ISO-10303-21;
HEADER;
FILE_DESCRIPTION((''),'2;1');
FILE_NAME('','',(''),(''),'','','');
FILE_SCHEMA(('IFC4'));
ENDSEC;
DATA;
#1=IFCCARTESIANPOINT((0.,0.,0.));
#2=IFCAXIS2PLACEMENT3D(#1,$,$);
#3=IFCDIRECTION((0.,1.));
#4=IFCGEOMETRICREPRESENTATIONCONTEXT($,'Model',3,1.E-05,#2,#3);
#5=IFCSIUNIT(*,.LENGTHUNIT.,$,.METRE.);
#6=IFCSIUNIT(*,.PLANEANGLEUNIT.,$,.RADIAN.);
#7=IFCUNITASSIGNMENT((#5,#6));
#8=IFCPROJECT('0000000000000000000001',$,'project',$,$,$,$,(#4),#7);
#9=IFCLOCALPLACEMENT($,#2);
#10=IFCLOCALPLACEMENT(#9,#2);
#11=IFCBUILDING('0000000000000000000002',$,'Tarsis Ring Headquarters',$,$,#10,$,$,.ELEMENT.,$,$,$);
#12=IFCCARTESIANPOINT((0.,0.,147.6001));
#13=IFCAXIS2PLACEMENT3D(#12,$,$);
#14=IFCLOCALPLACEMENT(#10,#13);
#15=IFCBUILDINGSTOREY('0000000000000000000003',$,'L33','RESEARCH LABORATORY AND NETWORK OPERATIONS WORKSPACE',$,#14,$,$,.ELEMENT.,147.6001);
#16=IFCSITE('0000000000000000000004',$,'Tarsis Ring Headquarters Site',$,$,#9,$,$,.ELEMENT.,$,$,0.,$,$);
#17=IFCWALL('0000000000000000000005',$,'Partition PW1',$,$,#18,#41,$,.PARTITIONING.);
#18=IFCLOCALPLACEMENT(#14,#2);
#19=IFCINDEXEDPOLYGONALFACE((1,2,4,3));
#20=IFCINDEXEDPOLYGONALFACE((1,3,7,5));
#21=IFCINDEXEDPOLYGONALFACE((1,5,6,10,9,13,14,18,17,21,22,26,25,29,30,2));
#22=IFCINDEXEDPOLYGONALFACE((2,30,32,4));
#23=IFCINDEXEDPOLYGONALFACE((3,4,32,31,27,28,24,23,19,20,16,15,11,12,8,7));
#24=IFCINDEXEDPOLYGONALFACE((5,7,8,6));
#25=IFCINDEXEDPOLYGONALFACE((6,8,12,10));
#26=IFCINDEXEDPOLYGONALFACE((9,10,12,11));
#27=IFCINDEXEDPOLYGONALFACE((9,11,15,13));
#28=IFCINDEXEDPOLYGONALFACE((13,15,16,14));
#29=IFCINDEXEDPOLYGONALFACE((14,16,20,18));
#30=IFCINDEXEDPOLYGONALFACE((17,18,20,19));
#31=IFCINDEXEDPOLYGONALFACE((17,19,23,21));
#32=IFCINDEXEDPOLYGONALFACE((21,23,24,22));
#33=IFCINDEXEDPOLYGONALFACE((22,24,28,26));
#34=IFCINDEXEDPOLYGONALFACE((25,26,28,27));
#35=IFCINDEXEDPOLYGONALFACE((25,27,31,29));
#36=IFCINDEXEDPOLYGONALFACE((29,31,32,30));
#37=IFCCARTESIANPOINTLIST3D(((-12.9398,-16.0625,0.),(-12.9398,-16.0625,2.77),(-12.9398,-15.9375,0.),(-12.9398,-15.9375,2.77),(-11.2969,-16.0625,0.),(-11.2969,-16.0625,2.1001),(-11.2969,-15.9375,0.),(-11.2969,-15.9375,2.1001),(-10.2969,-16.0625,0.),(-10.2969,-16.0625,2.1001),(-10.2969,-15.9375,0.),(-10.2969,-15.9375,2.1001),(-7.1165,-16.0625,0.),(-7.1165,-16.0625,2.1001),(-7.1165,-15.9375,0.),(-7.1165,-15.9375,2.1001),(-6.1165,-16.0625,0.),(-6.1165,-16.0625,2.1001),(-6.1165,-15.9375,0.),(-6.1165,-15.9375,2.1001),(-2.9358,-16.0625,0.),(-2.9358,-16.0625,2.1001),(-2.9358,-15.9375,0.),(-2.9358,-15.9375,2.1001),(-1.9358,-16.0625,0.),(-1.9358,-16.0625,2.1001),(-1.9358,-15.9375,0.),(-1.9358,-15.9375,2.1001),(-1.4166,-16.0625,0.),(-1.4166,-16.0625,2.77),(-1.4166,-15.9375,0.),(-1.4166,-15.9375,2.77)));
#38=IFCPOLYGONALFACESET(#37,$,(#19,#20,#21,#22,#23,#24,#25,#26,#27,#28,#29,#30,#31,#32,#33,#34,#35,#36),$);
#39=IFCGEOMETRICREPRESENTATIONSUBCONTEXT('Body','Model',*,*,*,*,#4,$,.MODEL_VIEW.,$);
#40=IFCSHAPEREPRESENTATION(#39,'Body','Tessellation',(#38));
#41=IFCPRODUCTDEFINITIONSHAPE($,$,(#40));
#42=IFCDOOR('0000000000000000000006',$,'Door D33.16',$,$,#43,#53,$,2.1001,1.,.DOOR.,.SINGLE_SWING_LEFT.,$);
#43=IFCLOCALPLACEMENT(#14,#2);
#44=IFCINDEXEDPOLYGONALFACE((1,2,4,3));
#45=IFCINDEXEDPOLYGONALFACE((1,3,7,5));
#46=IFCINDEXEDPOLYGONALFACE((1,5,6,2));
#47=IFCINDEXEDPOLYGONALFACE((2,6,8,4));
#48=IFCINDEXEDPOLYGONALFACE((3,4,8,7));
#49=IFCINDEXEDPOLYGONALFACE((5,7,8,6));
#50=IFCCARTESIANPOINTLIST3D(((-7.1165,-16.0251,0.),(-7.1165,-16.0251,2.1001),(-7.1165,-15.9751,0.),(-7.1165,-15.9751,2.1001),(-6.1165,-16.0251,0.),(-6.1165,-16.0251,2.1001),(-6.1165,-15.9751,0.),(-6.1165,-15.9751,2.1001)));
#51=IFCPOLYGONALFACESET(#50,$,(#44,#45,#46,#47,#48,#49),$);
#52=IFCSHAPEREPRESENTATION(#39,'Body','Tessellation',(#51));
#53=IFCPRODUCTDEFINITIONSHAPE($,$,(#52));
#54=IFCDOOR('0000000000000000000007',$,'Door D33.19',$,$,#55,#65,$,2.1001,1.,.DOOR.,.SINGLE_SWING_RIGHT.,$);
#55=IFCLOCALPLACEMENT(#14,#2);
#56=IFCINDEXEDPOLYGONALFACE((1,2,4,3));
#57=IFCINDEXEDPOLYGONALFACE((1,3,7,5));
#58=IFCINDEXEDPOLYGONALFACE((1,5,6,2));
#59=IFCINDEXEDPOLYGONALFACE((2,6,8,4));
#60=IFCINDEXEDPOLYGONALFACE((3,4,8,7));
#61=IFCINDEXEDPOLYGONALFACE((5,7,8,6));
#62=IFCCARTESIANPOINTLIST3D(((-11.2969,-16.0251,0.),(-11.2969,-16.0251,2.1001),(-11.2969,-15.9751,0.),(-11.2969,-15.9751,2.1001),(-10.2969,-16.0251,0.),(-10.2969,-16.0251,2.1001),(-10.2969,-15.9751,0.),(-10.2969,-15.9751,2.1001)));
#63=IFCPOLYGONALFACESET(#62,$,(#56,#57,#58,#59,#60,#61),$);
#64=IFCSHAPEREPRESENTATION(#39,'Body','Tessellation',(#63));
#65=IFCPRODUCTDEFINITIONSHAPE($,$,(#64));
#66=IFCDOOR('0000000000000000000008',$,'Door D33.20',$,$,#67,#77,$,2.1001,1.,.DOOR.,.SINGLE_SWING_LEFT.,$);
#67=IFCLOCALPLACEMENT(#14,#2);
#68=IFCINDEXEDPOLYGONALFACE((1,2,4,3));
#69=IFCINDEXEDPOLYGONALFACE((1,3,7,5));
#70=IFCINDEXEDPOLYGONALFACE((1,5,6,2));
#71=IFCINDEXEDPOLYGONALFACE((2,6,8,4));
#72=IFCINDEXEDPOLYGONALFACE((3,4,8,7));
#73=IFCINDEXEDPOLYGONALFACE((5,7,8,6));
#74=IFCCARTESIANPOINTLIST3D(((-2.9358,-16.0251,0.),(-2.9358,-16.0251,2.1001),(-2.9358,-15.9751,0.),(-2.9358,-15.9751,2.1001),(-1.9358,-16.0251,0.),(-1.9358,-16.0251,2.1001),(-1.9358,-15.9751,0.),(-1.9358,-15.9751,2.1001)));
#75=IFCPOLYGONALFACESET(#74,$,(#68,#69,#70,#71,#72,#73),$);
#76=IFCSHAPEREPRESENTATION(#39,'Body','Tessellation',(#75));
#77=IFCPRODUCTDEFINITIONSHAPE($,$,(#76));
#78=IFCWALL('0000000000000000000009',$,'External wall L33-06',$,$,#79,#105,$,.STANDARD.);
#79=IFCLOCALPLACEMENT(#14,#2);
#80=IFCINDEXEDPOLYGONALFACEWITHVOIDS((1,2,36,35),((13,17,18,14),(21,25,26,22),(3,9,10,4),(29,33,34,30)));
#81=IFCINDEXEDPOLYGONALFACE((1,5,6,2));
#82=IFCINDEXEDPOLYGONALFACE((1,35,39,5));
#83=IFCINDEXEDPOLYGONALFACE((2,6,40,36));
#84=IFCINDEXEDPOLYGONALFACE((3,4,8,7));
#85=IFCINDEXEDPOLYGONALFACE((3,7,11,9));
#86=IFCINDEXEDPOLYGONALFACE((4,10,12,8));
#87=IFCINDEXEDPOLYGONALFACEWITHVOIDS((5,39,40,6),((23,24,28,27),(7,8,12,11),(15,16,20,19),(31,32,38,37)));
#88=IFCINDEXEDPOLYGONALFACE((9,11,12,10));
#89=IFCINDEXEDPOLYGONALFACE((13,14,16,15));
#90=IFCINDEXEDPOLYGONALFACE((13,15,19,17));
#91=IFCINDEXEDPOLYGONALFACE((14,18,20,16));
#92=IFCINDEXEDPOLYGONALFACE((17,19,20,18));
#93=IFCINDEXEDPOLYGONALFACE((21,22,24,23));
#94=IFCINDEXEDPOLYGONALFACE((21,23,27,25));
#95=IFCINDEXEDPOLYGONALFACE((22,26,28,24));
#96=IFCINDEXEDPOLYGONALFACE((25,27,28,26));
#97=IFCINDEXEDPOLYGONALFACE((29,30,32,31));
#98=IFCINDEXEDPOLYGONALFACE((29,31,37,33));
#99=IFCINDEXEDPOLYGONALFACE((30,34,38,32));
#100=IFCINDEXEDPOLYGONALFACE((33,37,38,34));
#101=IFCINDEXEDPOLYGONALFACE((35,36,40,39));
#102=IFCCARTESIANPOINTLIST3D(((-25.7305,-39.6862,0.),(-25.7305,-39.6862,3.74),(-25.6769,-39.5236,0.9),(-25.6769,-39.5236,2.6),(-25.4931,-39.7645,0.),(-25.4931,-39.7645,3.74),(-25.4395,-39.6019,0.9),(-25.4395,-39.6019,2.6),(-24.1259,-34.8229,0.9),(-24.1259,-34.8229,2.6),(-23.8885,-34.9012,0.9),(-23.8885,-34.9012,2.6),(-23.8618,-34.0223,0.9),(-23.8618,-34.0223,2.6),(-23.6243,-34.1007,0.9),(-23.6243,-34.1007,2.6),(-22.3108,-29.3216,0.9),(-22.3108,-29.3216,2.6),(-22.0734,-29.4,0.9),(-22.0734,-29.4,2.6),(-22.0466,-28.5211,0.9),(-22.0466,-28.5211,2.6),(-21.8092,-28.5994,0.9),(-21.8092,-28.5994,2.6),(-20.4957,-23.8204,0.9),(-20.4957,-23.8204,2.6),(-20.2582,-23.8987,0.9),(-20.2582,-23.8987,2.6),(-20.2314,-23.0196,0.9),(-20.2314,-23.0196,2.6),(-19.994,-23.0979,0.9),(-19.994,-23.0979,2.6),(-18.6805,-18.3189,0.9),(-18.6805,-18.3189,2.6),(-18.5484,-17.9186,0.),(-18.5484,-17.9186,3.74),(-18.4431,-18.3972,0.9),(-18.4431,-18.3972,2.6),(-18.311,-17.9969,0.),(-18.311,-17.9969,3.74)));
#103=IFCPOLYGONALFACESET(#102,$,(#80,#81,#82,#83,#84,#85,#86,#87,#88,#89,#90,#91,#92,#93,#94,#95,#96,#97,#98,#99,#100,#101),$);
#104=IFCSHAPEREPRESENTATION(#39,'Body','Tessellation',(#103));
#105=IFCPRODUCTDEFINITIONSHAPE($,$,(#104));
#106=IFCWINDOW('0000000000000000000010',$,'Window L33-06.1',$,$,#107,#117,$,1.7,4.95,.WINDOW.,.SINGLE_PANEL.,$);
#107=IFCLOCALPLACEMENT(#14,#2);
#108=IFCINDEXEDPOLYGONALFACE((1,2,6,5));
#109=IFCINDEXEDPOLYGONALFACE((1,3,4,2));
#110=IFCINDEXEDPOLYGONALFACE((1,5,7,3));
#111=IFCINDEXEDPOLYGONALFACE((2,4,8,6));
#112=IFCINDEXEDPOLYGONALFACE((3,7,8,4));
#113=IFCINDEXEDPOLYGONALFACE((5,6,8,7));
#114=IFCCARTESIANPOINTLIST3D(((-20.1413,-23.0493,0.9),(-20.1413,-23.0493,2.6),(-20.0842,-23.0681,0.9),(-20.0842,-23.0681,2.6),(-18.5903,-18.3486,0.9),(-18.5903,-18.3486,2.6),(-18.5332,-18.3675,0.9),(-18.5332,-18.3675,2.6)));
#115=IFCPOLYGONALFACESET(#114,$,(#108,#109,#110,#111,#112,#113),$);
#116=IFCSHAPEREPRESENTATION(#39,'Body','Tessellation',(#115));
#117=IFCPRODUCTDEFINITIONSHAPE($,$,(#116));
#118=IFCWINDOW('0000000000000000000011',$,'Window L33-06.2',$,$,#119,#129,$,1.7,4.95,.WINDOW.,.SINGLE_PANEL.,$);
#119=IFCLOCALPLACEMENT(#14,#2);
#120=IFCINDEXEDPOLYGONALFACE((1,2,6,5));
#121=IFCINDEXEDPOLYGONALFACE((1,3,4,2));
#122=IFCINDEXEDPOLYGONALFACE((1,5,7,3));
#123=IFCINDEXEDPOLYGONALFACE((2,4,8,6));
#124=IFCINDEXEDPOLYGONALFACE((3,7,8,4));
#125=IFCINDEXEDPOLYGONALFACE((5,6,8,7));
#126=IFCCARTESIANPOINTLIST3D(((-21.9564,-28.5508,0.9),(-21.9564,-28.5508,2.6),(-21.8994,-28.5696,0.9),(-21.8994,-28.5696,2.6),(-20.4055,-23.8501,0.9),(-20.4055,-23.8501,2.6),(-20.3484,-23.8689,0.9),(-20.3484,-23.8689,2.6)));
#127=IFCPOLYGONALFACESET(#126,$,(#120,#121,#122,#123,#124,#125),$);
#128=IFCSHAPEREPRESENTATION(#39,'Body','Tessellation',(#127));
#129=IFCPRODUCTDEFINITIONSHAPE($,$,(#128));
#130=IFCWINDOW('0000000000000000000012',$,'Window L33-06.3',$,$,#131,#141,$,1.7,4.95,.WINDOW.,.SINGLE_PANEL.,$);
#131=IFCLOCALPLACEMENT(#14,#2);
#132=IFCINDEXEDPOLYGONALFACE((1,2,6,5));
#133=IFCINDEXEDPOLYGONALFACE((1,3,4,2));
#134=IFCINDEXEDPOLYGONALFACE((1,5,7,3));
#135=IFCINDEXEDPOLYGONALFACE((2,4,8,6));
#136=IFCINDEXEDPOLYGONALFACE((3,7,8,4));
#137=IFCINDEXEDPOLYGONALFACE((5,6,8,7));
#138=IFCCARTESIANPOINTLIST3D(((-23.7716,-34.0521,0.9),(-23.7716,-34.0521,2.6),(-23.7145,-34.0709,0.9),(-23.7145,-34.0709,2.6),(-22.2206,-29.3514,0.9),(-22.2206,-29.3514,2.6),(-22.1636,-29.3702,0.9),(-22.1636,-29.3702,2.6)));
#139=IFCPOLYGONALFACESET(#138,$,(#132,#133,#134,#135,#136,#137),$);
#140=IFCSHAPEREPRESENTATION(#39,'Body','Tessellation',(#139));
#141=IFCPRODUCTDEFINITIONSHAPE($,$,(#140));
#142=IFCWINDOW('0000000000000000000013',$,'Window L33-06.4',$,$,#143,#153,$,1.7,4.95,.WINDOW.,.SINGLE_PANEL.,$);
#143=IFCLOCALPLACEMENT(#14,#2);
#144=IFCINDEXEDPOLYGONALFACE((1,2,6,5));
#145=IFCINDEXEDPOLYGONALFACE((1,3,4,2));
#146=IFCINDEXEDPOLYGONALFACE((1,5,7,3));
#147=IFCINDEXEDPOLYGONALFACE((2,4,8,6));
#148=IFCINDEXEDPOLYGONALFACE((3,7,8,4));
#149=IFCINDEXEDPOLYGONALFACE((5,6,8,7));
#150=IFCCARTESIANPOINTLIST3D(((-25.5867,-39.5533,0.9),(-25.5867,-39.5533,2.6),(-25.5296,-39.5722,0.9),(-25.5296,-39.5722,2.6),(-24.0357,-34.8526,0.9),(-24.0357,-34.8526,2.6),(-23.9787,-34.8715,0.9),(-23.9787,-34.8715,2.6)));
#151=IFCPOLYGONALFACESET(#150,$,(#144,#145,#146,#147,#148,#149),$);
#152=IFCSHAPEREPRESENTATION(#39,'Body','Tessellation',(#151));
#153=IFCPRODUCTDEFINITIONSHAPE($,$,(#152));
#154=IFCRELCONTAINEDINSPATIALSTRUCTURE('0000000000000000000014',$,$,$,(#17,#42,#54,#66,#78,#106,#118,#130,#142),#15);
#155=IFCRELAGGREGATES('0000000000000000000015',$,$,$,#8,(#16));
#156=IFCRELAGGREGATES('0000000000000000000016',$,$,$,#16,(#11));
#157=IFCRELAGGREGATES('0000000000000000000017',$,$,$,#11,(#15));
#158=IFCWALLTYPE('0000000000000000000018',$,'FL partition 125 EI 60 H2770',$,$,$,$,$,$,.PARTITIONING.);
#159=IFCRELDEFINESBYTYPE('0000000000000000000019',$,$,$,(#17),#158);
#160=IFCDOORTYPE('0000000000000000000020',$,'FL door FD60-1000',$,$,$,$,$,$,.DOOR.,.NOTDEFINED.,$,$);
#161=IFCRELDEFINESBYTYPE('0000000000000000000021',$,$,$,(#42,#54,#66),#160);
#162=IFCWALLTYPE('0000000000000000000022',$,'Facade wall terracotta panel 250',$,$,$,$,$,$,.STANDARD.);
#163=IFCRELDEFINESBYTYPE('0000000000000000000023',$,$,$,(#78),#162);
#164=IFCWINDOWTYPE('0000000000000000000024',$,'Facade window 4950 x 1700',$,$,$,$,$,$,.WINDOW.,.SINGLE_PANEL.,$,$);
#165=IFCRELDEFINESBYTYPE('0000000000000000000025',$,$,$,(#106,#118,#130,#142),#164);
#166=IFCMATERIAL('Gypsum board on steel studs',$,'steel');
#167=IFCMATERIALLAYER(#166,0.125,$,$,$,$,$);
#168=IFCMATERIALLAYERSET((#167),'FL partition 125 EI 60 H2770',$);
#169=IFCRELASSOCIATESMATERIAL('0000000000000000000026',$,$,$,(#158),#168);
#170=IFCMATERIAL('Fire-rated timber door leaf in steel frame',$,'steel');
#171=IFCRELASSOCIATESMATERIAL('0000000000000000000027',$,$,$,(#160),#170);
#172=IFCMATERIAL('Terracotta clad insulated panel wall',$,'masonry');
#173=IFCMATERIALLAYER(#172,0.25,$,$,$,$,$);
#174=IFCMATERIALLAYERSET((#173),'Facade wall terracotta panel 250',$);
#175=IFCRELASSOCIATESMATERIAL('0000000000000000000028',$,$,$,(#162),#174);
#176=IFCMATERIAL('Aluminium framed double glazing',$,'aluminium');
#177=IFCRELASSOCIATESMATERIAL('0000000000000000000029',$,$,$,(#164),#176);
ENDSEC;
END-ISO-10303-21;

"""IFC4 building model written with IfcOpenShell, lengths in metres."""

from ifc_helpers import new_model, si_unit, direction, frame, frame_2d, origin, place, context, subcontext, project, spatial, rectangle, extrude, material, layer, layer_set, type_object, element, fill, save


model = new_model("IFC4")

# Units and contexts
model_context = context("Model", 3, precision=1e-05, world=origin(), true_north=direction((0.0, 1.0)))
body_context = subcontext(model_context, "Body", "Model", "MODEL_VIEW")
ifc_project = project(units=[si_unit("LENGTHUNIT", "METRE"), si_unit("PLANEANGLEUNIT", "RADIAN")], contexts=[model_context])

# Site, building, storey
site_placement = place(None, origin())
site = spatial("IfcSite", under=ifc_project, at=site_placement, Name="Tarsis Ring Headquarters Site", CompositionType="ELEMENT", RefElevation=0.0)
building_placement = place(site_placement, origin())
building = spatial("IfcBuilding", under=site, at=building_placement, Name="Tarsis Ring Headquarters", CompositionType="ELEMENT")
storey_placement = place(building_placement, frame((0.0, 0.0, 147.6001)))
storey = spatial("IfcBuildingStorey", under=building, at=storey_placement, Name="L33", Description="RESEARCH LABORATORY AND NETWORK OPERATIONS WORKSPACE", CompositionType="ELEMENT", Elevation=147.6001)

# Shared definitions
ifc_material_1 = material(Name="Gypsum board on steel studs", Category="steel")

# Wall, openings, doors
ifc_layer_1 = layer(ifc_material_1, 0.125)
ifc_layer_set_1 = layer_set([ifc_layer_1], Name="FL partition 125 EI 60 H2770")
wall_type_1 = type_object("IfcWallType", Name="FL partition 125 EI 60 H2770", PredefinedType="PARTITIONING", material=ifc_layer_set_1)
ifc_material_2 = material(Name="Fire-rated timber door leaf in steel frame", Category="steel")
door_type_1 = type_object("IfcDoorType", Name="FL door FD60-1000", OperationType="NOTDEFINED", PredefinedType="DOOR", material=ifc_material_2)
wall_1_placement = place(storey_placement, frame((-12.9399, -16.0, 0.0), z_axis=(0.0, 0.0, 1.0), x_axis=(1.0, 0.0, 0.0)))
wall_1 = element("IfcWall", 1, at=wall_1_placement, inside=storey, type_object=wall_type_1, Name="Partition PW1", PredefinedType="PARTITIONING", context=body_context, shape_type="SweptSolid", body=[
    extrude(rectangle(XDim=11.5232, YDim=0.125, at=frame_2d((5.7617, 0.0))), origin(), (0.0, 0.0, 1.0), 2.77),
])
opening_1_placement = place(wall_1_placement, frame((5.8235, 0.0, 0.0)))
opening_1 = element("IfcOpeningElement", 2, at=opening_1_placement, cuts=wall_1, PredefinedType="OPENING", context=body_context, shape_type="SweptSolid", body=[
    extrude(rectangle(XDim=1.0, YDim=2.1001, at=frame_2d((0.5, 1.05))), frame((0.0, 0.0725, 0.0), z_axis=(0.0, -1.0, 0.0), x_axis=(1.0, 0.0, 0.0)), (0.0, 0.0, 1.0), 0.145),
])
opening_2_placement = place(wall_1_placement, frame((1.6431, 0.0, 0.0)))
opening_2 = element("IfcOpeningElement", 3, at=opening_2_placement, cuts=wall_1, PredefinedType="OPENING", context=body_context, shape_type="SweptSolid", body=[
    extrude(rectangle(XDim=1.0, YDim=2.1001, at=frame_2d((0.5, 1.05))), frame((0.0, 0.0725, 0.0), z_axis=(0.0, -1.0, 0.0), x_axis=(1.0, 0.0, 0.0)), (0.0, 0.0, 1.0), 0.145),
])
opening_3_placement = place(wall_1_placement, frame((10.0042, 0.0, 0.0)))
opening_3 = element("IfcOpeningElement", 4, at=opening_3_placement, cuts=wall_1, PredefinedType="OPENING", context=body_context, shape_type="SweptSolid", body=[
    extrude(rectangle(XDim=1.0, YDim=2.1001, at=frame_2d((0.5, 1.05))), frame((0.0, 0.0725, 0.0), z_axis=(0.0, -1.0, 0.0), x_axis=(1.0, 0.0, 0.0)), (0.0, 0.0, 1.0), 0.145),
])
door_1_placement = place(opening_1_placement, origin())
door_1 = element("IfcDoor", 5, at=door_1_placement, inside=storey, type_object=door_type_1, Name="Door D33.16", OperationType="SINGLE_SWING_LEFT", OverallHeight=2.1001, OverallWidth=1.0, PredefinedType="DOOR", context=body_context, shape_type="SweptSolid", body=[
    extrude(rectangle(XDim=1.0, YDim=2.1001, at=frame_2d((0.5, 1.05))), frame((0.0, 0.0249, 0.0), z_axis=(0.0, -1.0, 0.0), x_axis=(1.0, 0.0, 0.0)), (0.0, 0.0, 1.0), 0.05),
])
fill(opening_1, door_1)
door_2_placement = place(opening_2_placement, origin())
door_2 = element("IfcDoor", 6, at=door_2_placement, inside=storey, type_object=door_type_1, Name="Door D33.19", OperationType="SINGLE_SWING_RIGHT", OverallHeight=2.1001, OverallWidth=1.0, PredefinedType="DOOR", context=body_context, shape_type="SweptSolid", body=[
    extrude(rectangle(XDim=1.0, YDim=2.1001, at=frame_2d((0.5, 1.05))), frame((0.0, 0.0249, 0.0), z_axis=(0.0, -1.0, 0.0), x_axis=(1.0, 0.0, 0.0)), (0.0, 0.0, 1.0), 0.05),
])
fill(opening_2, door_2)
door_3_placement = place(opening_3_placement, origin())
door_3 = element("IfcDoor", 7, at=door_3_placement, inside=storey, type_object=door_type_1, Name="Door D33.20", OperationType="SINGLE_SWING_LEFT", OverallHeight=2.1001, OverallWidth=1.0, PredefinedType="DOOR", context=body_context, shape_type="SweptSolid", body=[
    extrude(rectangle(XDim=1.0, YDim=2.1001, at=frame_2d((0.5, 1.05))), frame((0.0, 0.0249, 0.0), z_axis=(0.0, -1.0, 0.0), x_axis=(1.0, 0.0, 0.0)), (0.0, 0.0, 1.0), 0.05),
])
fill(opening_3, door_3)

# Wall, openings, windows
ifc_material_3 = material(Name="Terracotta clad insulated panel wall", Category="masonry")
ifc_layer_2 = layer(ifc_material_3, 0.25)
ifc_layer_set_2 = layer_set([ifc_layer_2], Name="Facade wall terracotta panel 250")
wall_type_2 = type_object("IfcWallType", Name="Facade wall terracotta panel 250", PredefinedType="STANDARD", material=ifc_layer_set_2)
wall_2_placement = place(storey_placement, frame((-18.4297, -17.9578, 0.0), z_axis=(0.0, 0.0, 1.0), x_axis=(-0.313331, -0.949644, 0.0)))
wall_2 = element("IfcWall", 8, at=wall_2_placement, inside=storey, type_object=wall_type_2, Name="External wall L33-06", PredefinedType="STANDARD", context=body_context, shape_type="SweptSolid", body=[
    extrude(rectangle(XDim=22.9219, YDim=0.25, at=frame_2d((11.4609, 0.0))), origin(), (0.0, 0.0, 1.0), 3.74),
])
opening_4_placement = place(wall_2_placement, frame((0.4214, 0.0, 0.8999)))
opening_4 = element("IfcOpeningElement", 9, at=opening_4_placement, cuts=wall_2, PredefinedType="OPENING", context=body_context, shape_type="SweptSolid", body=[
    extrude(rectangle(XDim=4.95, YDim=1.7, at=frame_2d((2.4751, 0.8501))), frame((0.0, 0.135, 0.0), z_axis=(0.0, -1.0, 0.0), x_axis=(1.0, 0.0, 0.0)), (0.0, 0.0, 1.0), 0.27),
])
opening_5_placement = place(wall_2_placement, frame((6.2146, 0.0, 0.8999)))
opening_5 = element("IfcOpeningElement", 10, at=opening_5_placement, cuts=wall_2, PredefinedType="OPENING", context=body_context, shape_type="SweptSolid", body=[
    extrude(rectangle(XDim=4.95, YDim=1.7, at=frame_2d((2.4751, 0.8501))), frame((0.0, 0.135, 0.0), z_axis=(0.0, -1.0, 0.0), x_axis=(1.0, 0.0, 0.0)), (0.0, 0.0, 1.0), 0.27),
])
opening_6_placement = place(wall_2_placement, frame((12.0076, 0.0, 0.8999)))
opening_6 = element("IfcOpeningElement", 11, at=opening_6_placement, cuts=wall_2, PredefinedType="OPENING", context=body_context, shape_type="SweptSolid", body=[
    extrude(rectangle(XDim=4.95, YDim=1.7, at=frame_2d((2.4751, 0.8501))), frame((0.0, 0.135, 0.0), z_axis=(0.0, -1.0, 0.0), x_axis=(1.0, 0.0, 0.0)), (0.0, 0.0, 1.0), 0.27),
])
opening_7_placement = place(wall_2_placement, frame((17.8005, 0.0, 0.8999)))
opening_7 = element("IfcOpeningElement", 12, at=opening_7_placement, cuts=wall_2, PredefinedType="OPENING", context=body_context, shape_type="SweptSolid", body=[
    extrude(rectangle(XDim=4.95, YDim=1.7, at=frame_2d((2.4751, 0.8501))), frame((0.0, 0.135, 0.0), z_axis=(0.0, -1.0, 0.0), x_axis=(1.0, 0.0, 0.0)), (0.0, 0.0, 1.0), 0.27),
])
ifc_material_4 = material(Name="Aluminium framed double glazing", Category="aluminium")
window_type = type_object("IfcWindowType", Name="Facade window 4950 x 1700", PartitioningType="SINGLE_PANEL", PredefinedType="WINDOW", material=ifc_material_4)
window_1_placement = place(opening_4_placement, origin())
window_1 = element("IfcWindow", 13, at=window_1_placement, inside=storey, type_object=window_type, Name="Window L33-06.1", OverallHeight=1.7, OverallWidth=4.95, PartitioningType="SINGLE_PANEL", PredefinedType="WINDOW", context=body_context, shape_type="SweptSolid", body=[
    extrude(rectangle(XDim=4.95, YDim=1.7, at=frame_2d((2.4751, 0.8501))), frame((0.0, 0.03, 0.0), z_axis=(0.0, -1.0, 0.0), x_axis=(1.0, 0.0, 0.0)), (0.0, 0.0, 1.0), 0.0601),
])
fill(opening_4, window_1)
window_2_placement = place(opening_5_placement, origin())
window_2 = element("IfcWindow", 14, at=window_2_placement, inside=storey, type_object=window_type, Name="Window L33-06.2", OverallHeight=1.7, OverallWidth=4.95, PartitioningType="SINGLE_PANEL", PredefinedType="WINDOW", context=body_context, shape_type="SweptSolid", body=[
    extrude(rectangle(XDim=4.95, YDim=1.7, at=frame_2d((2.4751, 0.8501))), frame((0.0, 0.03, 0.0), z_axis=(0.0, -1.0, 0.0), x_axis=(1.0, 0.0, 0.0)), (0.0, 0.0, 1.0), 0.0601),
])
fill(opening_5, window_2)
window_3_placement = place(opening_6_placement, origin())
window_3 = element("IfcWindow", 15, at=window_3_placement, inside=storey, type_object=window_type, Name="Window L33-06.3", OverallHeight=1.7, OverallWidth=4.95, PartitioningType="SINGLE_PANEL", PredefinedType="WINDOW", context=body_context, shape_type="SweptSolid", body=[
    extrude(rectangle(XDim=4.95, YDim=1.7, at=frame_2d((2.4751, 0.8501))), frame((0.0, 0.03, 0.0), z_axis=(0.0, -1.0, 0.0), x_axis=(1.0, 0.0, 0.0)), (0.0, 0.0, 1.0), 0.0601),
])
fill(opening_6, window_3)
window_4_placement = place(opening_7_placement, origin())
window_4 = element("IfcWindow", 16, at=window_4_placement, inside=storey, type_object=window_type, Name="Window L33-06.4", OverallHeight=1.7, OverallWidth=4.95, PartitioningType="SINGLE_PANEL", PredefinedType="WINDOW", context=body_context, shape_type="SweptSolid", body=[
    extrude(rectangle(XDim=4.95, YDim=1.7, at=frame_2d((2.4751, 0.8501))), frame((0.0, 0.03, 0.0), z_axis=(0.0, -1.0, 0.0), x_axis=(1.0, 0.0, 0.0)), (0.0, 0.0, 1.0), 0.0601),
])
fill(opening_7, window_4)

save(model, "model.ifc")
